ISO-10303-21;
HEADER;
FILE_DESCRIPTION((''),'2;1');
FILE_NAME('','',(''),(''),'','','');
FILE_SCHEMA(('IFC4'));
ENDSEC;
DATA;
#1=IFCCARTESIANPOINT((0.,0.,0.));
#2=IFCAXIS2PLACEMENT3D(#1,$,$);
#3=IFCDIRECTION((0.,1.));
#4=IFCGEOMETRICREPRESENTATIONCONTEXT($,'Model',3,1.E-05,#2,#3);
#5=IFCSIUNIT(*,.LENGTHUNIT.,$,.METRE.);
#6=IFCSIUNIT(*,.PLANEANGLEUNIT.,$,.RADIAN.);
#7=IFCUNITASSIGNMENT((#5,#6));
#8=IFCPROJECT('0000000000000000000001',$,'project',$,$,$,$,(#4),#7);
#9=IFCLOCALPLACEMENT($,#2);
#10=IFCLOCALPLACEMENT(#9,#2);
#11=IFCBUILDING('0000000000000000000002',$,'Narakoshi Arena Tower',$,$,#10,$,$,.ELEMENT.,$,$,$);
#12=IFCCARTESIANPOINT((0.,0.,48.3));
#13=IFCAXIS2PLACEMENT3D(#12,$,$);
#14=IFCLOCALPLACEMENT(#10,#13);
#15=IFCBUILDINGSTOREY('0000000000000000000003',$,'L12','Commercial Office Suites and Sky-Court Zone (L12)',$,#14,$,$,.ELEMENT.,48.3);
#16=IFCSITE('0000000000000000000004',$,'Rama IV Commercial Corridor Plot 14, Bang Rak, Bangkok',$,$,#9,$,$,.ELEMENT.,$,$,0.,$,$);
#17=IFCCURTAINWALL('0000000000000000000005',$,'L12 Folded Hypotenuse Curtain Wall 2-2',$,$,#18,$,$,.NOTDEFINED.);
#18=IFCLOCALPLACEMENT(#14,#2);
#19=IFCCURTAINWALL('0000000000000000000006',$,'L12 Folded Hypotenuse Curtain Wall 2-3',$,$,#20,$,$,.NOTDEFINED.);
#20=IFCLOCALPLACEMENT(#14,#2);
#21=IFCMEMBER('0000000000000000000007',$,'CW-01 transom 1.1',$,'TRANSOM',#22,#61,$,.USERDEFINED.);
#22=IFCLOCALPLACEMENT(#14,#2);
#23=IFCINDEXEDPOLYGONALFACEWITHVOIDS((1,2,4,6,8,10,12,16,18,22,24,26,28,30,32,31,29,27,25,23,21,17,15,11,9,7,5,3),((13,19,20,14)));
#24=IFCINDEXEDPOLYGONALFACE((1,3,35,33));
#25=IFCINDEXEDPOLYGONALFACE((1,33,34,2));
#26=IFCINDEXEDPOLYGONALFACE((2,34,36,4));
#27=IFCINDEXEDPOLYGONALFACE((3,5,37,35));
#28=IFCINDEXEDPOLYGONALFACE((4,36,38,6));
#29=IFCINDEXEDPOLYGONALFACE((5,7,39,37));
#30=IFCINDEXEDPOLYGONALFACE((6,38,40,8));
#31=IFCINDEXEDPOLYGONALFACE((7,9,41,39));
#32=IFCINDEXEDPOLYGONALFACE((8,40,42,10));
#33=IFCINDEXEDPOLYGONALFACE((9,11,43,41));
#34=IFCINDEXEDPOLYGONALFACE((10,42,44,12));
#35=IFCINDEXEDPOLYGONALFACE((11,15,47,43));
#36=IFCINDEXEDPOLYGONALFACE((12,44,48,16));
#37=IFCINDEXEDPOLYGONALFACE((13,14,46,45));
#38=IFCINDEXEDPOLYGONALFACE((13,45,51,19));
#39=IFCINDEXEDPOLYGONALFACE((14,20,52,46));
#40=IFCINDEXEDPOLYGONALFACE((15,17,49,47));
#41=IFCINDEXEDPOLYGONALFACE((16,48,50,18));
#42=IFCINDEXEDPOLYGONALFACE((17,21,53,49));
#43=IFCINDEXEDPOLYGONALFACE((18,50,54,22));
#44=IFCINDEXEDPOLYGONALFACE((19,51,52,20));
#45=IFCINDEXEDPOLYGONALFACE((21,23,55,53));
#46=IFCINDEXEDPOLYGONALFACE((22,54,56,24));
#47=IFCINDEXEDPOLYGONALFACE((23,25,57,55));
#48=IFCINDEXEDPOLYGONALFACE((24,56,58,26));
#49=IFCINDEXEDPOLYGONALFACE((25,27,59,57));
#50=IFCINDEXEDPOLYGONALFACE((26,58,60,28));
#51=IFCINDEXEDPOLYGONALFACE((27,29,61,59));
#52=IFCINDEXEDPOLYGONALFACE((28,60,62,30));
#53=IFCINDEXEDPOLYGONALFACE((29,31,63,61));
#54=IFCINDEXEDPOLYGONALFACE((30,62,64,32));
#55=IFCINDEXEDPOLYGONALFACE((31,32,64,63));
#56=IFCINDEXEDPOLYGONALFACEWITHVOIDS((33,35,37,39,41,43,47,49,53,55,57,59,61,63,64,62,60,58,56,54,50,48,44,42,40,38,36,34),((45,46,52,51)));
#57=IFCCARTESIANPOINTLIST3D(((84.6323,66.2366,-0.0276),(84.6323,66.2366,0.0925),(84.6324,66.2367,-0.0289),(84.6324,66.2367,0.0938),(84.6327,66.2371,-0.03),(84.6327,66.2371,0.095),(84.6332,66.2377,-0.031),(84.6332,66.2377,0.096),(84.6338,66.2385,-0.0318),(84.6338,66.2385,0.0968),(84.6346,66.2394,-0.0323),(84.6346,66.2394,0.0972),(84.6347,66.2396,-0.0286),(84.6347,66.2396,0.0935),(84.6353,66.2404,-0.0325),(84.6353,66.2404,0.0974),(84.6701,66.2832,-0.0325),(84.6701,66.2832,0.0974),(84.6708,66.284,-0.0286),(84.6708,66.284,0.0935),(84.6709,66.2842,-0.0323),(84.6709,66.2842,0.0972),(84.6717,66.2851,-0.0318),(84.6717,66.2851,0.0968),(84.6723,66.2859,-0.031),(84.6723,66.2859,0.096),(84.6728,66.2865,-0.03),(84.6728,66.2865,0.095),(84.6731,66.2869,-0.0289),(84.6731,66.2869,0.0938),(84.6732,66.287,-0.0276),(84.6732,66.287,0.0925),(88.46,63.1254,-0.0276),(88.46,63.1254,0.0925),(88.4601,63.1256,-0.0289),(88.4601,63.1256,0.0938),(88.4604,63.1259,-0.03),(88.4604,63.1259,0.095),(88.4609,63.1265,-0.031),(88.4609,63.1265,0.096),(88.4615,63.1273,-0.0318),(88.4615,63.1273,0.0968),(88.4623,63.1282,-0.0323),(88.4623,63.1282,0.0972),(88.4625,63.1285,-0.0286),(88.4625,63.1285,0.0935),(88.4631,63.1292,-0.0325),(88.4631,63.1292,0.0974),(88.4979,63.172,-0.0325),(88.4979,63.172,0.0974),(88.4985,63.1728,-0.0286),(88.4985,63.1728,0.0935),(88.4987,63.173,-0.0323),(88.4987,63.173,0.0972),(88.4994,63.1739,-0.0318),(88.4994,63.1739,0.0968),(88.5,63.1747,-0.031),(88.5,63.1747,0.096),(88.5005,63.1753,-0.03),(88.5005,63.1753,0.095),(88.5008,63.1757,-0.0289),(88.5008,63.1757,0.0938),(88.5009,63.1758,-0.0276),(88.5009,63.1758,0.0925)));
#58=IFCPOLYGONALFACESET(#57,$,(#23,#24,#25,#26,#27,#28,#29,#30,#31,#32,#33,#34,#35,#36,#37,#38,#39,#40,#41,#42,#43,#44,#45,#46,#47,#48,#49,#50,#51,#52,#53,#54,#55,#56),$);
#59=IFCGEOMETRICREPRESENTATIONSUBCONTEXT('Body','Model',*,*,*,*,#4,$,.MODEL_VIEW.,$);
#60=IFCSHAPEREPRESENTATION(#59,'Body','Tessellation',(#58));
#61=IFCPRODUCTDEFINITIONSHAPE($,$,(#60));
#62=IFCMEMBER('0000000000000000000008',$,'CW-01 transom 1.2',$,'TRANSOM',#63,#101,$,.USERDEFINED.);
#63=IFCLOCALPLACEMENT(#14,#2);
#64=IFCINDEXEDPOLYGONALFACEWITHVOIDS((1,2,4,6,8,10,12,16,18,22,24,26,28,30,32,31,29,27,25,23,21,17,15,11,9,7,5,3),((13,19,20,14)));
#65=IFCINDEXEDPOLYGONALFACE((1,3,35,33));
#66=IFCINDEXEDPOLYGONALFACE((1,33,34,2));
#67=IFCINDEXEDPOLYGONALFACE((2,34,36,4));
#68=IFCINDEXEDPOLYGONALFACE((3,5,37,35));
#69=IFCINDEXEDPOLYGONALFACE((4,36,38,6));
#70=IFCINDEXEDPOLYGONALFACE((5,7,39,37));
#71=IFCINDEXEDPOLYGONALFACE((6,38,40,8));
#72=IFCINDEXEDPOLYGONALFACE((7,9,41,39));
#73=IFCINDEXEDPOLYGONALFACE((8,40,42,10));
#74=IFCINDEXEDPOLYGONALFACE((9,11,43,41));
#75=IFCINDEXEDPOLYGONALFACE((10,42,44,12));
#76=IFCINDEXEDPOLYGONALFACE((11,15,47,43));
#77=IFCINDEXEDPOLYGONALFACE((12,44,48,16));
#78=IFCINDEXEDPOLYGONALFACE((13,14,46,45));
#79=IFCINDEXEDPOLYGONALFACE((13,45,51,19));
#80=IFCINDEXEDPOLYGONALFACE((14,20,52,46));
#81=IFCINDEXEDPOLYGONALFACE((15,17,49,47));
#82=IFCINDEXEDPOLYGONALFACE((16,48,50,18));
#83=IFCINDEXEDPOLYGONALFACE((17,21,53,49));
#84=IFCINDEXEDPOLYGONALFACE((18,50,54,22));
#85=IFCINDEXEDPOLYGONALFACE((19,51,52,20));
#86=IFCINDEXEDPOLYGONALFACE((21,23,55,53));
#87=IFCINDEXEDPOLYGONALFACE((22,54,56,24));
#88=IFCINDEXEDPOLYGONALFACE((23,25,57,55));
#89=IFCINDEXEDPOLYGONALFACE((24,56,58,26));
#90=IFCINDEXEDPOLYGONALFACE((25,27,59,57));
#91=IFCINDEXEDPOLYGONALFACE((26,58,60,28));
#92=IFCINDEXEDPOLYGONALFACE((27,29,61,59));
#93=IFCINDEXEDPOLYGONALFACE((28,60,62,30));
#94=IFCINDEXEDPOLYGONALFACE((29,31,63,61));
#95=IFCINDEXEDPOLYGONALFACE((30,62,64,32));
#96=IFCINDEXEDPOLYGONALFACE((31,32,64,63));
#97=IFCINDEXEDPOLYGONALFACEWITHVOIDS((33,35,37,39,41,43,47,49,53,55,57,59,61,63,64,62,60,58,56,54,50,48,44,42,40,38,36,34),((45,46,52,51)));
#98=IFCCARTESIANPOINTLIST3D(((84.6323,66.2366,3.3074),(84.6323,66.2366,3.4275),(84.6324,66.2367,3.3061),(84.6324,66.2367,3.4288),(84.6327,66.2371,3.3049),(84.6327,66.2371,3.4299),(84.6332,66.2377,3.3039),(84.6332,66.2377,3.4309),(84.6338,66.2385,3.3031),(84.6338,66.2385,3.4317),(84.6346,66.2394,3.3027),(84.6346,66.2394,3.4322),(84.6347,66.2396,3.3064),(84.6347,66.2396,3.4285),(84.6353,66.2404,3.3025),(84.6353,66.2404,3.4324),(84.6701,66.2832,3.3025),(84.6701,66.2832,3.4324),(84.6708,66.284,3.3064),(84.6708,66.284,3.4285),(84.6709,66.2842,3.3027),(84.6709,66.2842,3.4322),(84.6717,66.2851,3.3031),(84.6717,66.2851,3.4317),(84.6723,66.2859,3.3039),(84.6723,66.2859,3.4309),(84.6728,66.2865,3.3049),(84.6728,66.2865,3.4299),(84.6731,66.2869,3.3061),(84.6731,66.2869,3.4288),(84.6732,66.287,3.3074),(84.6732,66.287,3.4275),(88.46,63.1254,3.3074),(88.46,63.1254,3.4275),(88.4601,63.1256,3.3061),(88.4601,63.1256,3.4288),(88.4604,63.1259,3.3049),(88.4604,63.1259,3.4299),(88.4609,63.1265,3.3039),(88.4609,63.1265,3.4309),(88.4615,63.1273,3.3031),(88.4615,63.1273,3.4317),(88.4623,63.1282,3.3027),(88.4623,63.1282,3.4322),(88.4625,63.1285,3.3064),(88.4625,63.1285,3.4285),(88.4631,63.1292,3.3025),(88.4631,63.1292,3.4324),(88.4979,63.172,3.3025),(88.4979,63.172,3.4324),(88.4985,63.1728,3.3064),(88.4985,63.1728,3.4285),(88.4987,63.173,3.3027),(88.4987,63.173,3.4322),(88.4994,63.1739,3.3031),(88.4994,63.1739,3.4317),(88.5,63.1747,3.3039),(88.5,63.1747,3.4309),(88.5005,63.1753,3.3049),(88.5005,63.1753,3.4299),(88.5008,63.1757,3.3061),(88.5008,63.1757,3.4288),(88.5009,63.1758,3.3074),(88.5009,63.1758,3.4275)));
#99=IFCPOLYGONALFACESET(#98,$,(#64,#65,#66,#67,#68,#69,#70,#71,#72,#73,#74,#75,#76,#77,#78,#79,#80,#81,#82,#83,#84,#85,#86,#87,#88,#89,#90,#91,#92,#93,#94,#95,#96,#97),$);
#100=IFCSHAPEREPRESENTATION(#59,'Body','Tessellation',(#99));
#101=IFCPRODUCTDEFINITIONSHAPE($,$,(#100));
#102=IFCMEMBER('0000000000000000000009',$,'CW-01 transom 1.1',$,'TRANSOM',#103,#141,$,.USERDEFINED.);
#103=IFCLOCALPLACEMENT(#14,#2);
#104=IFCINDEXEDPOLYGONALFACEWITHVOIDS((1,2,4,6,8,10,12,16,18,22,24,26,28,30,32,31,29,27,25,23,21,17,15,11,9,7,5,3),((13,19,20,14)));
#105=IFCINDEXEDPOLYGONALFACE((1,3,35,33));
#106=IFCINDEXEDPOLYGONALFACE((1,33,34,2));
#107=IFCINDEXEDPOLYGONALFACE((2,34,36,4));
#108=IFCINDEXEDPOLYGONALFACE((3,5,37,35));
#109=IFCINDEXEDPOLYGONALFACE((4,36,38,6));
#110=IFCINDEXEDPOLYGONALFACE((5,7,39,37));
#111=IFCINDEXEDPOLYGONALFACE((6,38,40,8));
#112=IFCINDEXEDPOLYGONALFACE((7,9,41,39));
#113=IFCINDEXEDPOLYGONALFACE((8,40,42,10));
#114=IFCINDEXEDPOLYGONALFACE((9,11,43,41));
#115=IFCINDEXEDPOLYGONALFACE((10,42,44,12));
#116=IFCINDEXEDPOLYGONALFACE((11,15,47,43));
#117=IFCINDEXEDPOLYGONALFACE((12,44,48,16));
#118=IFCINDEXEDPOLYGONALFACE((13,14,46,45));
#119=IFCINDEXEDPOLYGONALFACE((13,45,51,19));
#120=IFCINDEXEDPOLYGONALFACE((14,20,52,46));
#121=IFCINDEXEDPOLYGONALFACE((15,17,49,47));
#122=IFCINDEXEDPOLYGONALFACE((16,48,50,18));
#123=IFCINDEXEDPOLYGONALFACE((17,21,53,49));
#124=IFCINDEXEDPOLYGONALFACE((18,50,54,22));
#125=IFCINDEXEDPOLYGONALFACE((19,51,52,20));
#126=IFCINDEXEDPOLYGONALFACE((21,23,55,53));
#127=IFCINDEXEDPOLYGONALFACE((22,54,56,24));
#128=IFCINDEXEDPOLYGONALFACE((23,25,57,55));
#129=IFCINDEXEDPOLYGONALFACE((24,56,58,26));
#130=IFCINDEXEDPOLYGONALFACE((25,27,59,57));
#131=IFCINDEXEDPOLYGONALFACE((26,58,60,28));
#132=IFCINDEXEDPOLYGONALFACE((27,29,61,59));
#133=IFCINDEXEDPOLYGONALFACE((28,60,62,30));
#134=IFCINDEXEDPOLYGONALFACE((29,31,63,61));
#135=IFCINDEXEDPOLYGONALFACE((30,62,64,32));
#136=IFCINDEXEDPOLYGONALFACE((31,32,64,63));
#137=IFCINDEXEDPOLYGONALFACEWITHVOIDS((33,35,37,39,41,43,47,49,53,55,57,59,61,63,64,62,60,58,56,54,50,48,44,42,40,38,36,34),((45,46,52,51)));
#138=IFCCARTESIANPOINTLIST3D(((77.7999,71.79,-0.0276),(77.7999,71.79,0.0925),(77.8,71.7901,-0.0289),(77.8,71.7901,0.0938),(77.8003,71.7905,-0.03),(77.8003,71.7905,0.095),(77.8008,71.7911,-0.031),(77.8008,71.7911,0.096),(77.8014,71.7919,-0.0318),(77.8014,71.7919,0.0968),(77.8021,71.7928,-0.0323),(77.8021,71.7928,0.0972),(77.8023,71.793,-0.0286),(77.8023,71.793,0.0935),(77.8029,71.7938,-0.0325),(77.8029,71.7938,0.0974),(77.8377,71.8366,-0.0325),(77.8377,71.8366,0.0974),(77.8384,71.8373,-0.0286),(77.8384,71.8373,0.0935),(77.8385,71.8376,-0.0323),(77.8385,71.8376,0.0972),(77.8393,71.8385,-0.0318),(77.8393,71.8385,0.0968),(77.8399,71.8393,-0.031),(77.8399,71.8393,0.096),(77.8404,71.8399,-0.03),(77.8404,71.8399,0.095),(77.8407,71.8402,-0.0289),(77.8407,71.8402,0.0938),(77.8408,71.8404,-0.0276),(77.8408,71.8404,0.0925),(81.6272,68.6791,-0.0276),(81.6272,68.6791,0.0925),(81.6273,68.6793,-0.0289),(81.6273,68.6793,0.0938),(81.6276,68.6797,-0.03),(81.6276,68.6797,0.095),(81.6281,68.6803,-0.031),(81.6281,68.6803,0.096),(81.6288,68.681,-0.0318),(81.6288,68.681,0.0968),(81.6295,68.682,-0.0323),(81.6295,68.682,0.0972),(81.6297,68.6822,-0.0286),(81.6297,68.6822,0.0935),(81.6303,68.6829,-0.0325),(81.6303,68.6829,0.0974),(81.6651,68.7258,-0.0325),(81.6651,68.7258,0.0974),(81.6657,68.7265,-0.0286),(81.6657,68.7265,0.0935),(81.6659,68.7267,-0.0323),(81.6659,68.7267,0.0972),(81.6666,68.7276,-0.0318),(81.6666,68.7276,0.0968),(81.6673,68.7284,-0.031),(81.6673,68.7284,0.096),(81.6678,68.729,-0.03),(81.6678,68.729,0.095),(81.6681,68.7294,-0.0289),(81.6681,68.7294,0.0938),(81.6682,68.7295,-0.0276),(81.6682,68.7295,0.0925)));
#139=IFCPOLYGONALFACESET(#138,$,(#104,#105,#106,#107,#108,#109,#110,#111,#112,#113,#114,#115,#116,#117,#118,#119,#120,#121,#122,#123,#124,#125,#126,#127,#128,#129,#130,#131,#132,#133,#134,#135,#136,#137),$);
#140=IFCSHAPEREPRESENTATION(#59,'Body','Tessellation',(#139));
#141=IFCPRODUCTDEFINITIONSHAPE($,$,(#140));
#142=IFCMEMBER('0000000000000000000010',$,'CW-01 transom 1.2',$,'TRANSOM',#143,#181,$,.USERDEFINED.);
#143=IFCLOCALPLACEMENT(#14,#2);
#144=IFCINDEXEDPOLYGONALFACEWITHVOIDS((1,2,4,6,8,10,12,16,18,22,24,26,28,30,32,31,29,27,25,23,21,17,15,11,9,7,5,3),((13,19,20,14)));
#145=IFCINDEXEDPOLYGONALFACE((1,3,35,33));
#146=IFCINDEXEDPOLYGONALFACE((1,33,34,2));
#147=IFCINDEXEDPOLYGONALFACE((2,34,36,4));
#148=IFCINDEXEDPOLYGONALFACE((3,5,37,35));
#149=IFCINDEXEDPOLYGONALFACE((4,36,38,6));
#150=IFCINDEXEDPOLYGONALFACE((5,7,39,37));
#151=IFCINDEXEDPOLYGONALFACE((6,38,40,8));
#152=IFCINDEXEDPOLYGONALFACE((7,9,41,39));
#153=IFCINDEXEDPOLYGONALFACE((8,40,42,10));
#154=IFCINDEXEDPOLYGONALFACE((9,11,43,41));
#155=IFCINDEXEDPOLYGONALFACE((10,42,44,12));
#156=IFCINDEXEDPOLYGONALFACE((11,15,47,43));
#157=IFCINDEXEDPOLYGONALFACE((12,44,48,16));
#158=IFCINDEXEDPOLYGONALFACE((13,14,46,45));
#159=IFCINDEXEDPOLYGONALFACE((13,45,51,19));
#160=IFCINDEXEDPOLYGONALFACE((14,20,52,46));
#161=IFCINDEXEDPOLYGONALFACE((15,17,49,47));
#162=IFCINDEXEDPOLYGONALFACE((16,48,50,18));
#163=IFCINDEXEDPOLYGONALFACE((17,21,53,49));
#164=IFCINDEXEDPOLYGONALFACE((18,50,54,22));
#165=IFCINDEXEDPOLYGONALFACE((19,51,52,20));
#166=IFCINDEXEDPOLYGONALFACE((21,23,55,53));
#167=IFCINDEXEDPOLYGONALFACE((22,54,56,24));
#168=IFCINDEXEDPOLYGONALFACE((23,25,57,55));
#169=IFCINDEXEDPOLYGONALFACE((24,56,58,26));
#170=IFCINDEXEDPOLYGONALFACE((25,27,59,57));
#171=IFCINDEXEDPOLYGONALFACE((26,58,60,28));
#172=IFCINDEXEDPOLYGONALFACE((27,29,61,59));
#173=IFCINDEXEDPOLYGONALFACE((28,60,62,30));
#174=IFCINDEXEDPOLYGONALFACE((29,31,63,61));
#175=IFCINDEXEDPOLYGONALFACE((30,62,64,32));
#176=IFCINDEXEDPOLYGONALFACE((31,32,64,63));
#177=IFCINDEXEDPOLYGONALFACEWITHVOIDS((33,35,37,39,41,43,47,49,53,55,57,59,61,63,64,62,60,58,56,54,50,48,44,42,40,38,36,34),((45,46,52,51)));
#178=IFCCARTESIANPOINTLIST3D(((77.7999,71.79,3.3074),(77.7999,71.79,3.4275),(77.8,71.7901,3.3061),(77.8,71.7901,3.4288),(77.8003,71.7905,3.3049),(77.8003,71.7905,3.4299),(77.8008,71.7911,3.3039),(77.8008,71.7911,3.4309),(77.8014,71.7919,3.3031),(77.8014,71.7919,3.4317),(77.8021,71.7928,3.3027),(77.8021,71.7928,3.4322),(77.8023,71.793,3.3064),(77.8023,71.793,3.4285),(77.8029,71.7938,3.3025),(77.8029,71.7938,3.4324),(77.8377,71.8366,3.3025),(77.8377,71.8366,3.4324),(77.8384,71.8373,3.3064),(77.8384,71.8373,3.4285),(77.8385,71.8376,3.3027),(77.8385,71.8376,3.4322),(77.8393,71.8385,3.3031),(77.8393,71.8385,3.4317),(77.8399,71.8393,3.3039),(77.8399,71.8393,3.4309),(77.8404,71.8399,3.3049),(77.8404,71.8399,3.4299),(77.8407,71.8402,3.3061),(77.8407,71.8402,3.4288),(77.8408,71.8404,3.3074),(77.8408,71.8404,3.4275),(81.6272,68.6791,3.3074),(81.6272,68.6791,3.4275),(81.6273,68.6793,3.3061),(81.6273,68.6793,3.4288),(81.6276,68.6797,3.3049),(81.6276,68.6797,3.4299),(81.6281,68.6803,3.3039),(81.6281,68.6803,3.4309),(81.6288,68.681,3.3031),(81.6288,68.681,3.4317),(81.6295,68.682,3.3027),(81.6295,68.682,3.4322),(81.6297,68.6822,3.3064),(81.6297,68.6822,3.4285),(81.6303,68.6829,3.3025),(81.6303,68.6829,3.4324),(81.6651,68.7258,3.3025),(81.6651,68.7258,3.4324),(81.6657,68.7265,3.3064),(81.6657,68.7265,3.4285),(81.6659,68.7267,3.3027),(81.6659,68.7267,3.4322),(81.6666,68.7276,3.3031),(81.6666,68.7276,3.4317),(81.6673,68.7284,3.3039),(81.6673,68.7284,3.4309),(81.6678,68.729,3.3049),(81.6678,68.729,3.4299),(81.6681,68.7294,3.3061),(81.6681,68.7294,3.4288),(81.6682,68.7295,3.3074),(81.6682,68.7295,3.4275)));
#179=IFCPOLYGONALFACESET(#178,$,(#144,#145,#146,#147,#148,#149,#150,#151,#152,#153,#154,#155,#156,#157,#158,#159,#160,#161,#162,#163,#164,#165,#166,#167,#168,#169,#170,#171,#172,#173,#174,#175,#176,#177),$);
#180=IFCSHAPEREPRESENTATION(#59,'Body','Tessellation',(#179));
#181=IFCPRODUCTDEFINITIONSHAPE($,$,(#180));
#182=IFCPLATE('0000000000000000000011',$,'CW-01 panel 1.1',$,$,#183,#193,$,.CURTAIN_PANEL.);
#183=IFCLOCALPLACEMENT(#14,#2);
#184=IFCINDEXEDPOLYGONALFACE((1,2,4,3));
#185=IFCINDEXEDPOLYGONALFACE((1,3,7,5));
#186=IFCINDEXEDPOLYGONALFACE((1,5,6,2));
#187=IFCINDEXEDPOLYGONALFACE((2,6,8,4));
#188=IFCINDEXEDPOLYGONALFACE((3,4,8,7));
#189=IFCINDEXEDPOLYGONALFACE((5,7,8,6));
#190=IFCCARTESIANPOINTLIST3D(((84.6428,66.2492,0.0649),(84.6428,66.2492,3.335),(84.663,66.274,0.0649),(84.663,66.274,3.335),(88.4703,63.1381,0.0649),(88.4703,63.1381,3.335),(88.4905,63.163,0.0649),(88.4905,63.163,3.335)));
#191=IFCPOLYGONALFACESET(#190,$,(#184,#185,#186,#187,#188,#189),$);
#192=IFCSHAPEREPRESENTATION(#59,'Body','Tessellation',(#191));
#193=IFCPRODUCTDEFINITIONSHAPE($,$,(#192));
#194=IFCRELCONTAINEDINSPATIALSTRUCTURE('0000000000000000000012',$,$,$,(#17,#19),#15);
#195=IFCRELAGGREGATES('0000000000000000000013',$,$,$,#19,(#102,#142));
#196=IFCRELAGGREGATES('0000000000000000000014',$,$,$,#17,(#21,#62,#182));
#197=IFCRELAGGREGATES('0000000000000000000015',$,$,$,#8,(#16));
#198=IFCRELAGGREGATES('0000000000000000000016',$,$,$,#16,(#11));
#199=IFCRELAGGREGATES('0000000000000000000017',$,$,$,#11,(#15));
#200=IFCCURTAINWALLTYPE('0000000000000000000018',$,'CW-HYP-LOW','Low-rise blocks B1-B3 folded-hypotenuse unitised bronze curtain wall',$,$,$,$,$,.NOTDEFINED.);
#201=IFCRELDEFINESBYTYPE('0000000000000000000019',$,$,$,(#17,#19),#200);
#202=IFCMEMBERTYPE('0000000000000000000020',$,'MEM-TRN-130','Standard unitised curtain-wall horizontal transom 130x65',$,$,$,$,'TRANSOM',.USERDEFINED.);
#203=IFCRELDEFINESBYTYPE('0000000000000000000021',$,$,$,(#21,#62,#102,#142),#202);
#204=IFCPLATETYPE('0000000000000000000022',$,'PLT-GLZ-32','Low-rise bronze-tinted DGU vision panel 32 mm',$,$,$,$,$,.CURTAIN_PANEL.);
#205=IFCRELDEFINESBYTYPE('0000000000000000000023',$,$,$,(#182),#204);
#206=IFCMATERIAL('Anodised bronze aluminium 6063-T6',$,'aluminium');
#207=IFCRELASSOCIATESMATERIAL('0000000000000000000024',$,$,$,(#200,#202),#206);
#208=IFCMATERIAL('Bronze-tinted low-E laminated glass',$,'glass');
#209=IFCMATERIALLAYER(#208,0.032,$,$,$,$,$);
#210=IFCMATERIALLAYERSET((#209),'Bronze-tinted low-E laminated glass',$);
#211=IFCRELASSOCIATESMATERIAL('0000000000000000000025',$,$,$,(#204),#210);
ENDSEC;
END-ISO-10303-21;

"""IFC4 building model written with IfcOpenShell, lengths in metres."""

from ifc_helpers import new_model, si_unit, direction, frame, origin, origin_2d, place, context, subcontext, project, spatial, rectangle, hollow_rectangle, extrude, material, layer, layer_set, material_profile, profile_set, type_object, element, aggregate, save


model = new_model("IFC4")

# Units and contexts
model_context = context("Model", 3, precision=1e-05, world=origin(), true_north=direction((0.0, 1.0)))
body_context = subcontext(model_context, "Body", "Model", "MODEL_VIEW")
ifc_project = project(units=[si_unit("LENGTHUNIT", "METRE"), si_unit("PLANEANGLEUNIT", "RADIAN")], contexts=[model_context])

# Site, building, storey
site_placement = place(None, origin())
site = spatial("IfcSite", under=ifc_project, at=site_placement, Name="Rama IV Commercial Corridor Plot 14, Bang Rak, Bangkok", CompositionType="ELEMENT", RefElevation=0.0)
building_placement = place(site_placement, origin())
building = spatial("IfcBuilding", under=site, at=building_placement, Name="Narakoshi Arena Tower", CompositionType="ELEMENT")
storey_placement = place(building_placement, frame((0.0, 0.0, 48.3)))
storey = spatial("IfcBuildingStorey", under=building, at=storey_placement, Name="L12", Description="Commercial Office Suites and Sky-Court Zone (L12)", CompositionType="ELEMENT", Elevation=48.3)

# Curtain wall
ifc_material_1 = material(Name="Anodised bronze aluminium 6063-T6", Category="aluminium")
curtain_wall_type = type_object("IfcCurtainWallType", Name="CW-HYP-LOW", Description="Low-rise blocks B1-B3 folded-hypotenuse unitised bronze curtain wall", PredefinedType="NOTDEFINED", material=ifc_material_1)
curtain_wall_1_placement = place(storey_placement, origin())
curtain_wall_1 = element("IfcCurtainWall", 1, at=curtain_wall_1_placement, inside=storey, type_object=curtain_wall_type, Name="L12 Folded Hypotenuse Curtain Wall 2-2", PredefinedType="NOTDEFINED")

# Curtain wall
curtain_wall_2_placement = place(storey_placement, origin())
curtain_wall_2 = element("IfcCurtainWall", 2, at=curtain_wall_2_placement, inside=storey, type_object=curtain_wall_type, Name="L12 Folded Hypotenuse Curtain Wall 2-3", PredefinedType="NOTDEFINED")

# Members
ifc_material_profile_1 = material_profile(ifc_material_1, hollow_rectangle(XDim=0.0649, YDim=0.1299, WallThickness=0.0039, OuterFilletRadius=0.0049, at=origin_2d()), Name="TRN130x65x4")
ifc_profile_set_1 = profile_set([ifc_material_profile_1], Name="Anodised bronze aluminium 6063-T6")
member_type_1 = type_object("IfcMemberType", Name="MEM-TRN-130", Description="Standard unitised curtain-wall horizontal transom 130x65", ElementType="TRANSOM", PredefinedType="USERDEFINED", material=ifc_profile_set_1)
member_1_placement = place(storey_placement, frame((88.4805, 63.1506, 0.0325), z_axis=(-0.776002, 0.630731, 0.0), x_axis=(-0.630731, -0.776002, 0.0)))
member_1 = element("IfcMember", 3, at=member_1_placement, type_object=member_type_1, Name="CW-01 transom 1.1", ObjectType="TRANSOM", PredefinedType="USERDEFINED", context=body_context, shape_type="SweptSolid", body=[
    extrude(hollow_rectangle(XDim=0.0649, YDim=0.1299, WallThickness=0.0039, OuterFilletRadius=0.0049, at=origin_2d()), origin(), (0.0, 0.0, 1.0), 4.9326),
])
member_2_placement = place(storey_placement, frame((88.4805, 63.1506, 3.3674), z_axis=(-0.776002, 0.630731, 0.0), x_axis=(-0.630731, -0.776002, 0.0)))
member_2 = element("IfcMember", 4, at=member_2_placement, type_object=member_type_1, Name="CW-01 transom 1.2", ObjectType="TRANSOM", PredefinedType="USERDEFINED", context=body_context, shape_type="SweptSolid", body=[
    extrude(hollow_rectangle(XDim=0.0649, YDim=0.1299, WallThickness=0.0039, OuterFilletRadius=0.0049, at=origin_2d()), origin(), (0.0, 0.0, 1.0), 4.9326),
])
member_3_placement = place(storey_placement, frame((81.6477, 68.7043, 0.0325), z_axis=(-0.776006, 0.630725, 0.0), x_axis=(-0.630725, -0.776006, 0.0)))
member_3 = element("IfcMember", 5, at=member_3_placement, type_object=member_type_1, Name="CW-01 transom 1.1", ObjectType="TRANSOM", PredefinedType="USERDEFINED", context=body_context, shape_type="SweptSolid", body=[
    extrude(hollow_rectangle(XDim=0.0649, YDim=0.1299, WallThickness=0.0039, OuterFilletRadius=0.0049, at=origin_2d()), origin(), (0.0, 0.0, 1.0), 4.9321),
])
member_4_placement = place(storey_placement, frame((81.6477, 68.7043, 3.3674), z_axis=(-0.776006, 0.630725, 0.0), x_axis=(-0.630725, -0.776006, 0.0)))
member_4 = element("IfcMember", 6, at=member_4_placement, type_object=member_type_1, Name="CW-01 transom 1.2", ObjectType="TRANSOM", PredefinedType="USERDEFINED", context=body_context, shape_type="SweptSolid", body=[
    extrude(hollow_rectangle(XDim=0.0649, YDim=0.1299, WallThickness=0.0039, OuterFilletRadius=0.0049, at=origin_2d()), origin(), (0.0, 0.0, 1.0), 4.9321),
])
aggregate(curtain_wall_2, [member_3, member_4])

# Plate
ifc_material_2 = material(Name="Bronze-tinted low-E laminated glass", Category="glass")
ifc_layer_1 = layer(ifc_material_2, 0.032)
ifc_layer_set_1 = layer_set([ifc_layer_1], Name="Bronze-tinted low-E laminated glass")
plate_type = type_object("IfcPlateType", Name="PLT-GLZ-32", Description="Low-rise bronze-tinted DGU vision panel 32 mm", PredefinedType="CURTAIN_PANEL", material=ifc_layer_set_1)
plate_placement = place(storey_placement, frame((86.5667, 64.7061, 0.0649), z_axis=(0.0, 0.0, 1.0), x_axis=(-0.775998, 0.630735, 0.0)))
plate = element("IfcPlate", 7, at=plate_placement, type_object=plate_type, Name="CW-01 panel 1.1", PredefinedType="CURTAIN_PANEL", context=body_context, shape_type="SweptSolid", body=[
    extrude(rectangle(XDim=4.9324, YDim=0.032, at=origin_2d()), origin(), (0.0, 0.0, 1.0), 3.27),
])
aggregate(curtain_wall_1, [member_1, member_2, plate])

save(model, "model.ifc")
